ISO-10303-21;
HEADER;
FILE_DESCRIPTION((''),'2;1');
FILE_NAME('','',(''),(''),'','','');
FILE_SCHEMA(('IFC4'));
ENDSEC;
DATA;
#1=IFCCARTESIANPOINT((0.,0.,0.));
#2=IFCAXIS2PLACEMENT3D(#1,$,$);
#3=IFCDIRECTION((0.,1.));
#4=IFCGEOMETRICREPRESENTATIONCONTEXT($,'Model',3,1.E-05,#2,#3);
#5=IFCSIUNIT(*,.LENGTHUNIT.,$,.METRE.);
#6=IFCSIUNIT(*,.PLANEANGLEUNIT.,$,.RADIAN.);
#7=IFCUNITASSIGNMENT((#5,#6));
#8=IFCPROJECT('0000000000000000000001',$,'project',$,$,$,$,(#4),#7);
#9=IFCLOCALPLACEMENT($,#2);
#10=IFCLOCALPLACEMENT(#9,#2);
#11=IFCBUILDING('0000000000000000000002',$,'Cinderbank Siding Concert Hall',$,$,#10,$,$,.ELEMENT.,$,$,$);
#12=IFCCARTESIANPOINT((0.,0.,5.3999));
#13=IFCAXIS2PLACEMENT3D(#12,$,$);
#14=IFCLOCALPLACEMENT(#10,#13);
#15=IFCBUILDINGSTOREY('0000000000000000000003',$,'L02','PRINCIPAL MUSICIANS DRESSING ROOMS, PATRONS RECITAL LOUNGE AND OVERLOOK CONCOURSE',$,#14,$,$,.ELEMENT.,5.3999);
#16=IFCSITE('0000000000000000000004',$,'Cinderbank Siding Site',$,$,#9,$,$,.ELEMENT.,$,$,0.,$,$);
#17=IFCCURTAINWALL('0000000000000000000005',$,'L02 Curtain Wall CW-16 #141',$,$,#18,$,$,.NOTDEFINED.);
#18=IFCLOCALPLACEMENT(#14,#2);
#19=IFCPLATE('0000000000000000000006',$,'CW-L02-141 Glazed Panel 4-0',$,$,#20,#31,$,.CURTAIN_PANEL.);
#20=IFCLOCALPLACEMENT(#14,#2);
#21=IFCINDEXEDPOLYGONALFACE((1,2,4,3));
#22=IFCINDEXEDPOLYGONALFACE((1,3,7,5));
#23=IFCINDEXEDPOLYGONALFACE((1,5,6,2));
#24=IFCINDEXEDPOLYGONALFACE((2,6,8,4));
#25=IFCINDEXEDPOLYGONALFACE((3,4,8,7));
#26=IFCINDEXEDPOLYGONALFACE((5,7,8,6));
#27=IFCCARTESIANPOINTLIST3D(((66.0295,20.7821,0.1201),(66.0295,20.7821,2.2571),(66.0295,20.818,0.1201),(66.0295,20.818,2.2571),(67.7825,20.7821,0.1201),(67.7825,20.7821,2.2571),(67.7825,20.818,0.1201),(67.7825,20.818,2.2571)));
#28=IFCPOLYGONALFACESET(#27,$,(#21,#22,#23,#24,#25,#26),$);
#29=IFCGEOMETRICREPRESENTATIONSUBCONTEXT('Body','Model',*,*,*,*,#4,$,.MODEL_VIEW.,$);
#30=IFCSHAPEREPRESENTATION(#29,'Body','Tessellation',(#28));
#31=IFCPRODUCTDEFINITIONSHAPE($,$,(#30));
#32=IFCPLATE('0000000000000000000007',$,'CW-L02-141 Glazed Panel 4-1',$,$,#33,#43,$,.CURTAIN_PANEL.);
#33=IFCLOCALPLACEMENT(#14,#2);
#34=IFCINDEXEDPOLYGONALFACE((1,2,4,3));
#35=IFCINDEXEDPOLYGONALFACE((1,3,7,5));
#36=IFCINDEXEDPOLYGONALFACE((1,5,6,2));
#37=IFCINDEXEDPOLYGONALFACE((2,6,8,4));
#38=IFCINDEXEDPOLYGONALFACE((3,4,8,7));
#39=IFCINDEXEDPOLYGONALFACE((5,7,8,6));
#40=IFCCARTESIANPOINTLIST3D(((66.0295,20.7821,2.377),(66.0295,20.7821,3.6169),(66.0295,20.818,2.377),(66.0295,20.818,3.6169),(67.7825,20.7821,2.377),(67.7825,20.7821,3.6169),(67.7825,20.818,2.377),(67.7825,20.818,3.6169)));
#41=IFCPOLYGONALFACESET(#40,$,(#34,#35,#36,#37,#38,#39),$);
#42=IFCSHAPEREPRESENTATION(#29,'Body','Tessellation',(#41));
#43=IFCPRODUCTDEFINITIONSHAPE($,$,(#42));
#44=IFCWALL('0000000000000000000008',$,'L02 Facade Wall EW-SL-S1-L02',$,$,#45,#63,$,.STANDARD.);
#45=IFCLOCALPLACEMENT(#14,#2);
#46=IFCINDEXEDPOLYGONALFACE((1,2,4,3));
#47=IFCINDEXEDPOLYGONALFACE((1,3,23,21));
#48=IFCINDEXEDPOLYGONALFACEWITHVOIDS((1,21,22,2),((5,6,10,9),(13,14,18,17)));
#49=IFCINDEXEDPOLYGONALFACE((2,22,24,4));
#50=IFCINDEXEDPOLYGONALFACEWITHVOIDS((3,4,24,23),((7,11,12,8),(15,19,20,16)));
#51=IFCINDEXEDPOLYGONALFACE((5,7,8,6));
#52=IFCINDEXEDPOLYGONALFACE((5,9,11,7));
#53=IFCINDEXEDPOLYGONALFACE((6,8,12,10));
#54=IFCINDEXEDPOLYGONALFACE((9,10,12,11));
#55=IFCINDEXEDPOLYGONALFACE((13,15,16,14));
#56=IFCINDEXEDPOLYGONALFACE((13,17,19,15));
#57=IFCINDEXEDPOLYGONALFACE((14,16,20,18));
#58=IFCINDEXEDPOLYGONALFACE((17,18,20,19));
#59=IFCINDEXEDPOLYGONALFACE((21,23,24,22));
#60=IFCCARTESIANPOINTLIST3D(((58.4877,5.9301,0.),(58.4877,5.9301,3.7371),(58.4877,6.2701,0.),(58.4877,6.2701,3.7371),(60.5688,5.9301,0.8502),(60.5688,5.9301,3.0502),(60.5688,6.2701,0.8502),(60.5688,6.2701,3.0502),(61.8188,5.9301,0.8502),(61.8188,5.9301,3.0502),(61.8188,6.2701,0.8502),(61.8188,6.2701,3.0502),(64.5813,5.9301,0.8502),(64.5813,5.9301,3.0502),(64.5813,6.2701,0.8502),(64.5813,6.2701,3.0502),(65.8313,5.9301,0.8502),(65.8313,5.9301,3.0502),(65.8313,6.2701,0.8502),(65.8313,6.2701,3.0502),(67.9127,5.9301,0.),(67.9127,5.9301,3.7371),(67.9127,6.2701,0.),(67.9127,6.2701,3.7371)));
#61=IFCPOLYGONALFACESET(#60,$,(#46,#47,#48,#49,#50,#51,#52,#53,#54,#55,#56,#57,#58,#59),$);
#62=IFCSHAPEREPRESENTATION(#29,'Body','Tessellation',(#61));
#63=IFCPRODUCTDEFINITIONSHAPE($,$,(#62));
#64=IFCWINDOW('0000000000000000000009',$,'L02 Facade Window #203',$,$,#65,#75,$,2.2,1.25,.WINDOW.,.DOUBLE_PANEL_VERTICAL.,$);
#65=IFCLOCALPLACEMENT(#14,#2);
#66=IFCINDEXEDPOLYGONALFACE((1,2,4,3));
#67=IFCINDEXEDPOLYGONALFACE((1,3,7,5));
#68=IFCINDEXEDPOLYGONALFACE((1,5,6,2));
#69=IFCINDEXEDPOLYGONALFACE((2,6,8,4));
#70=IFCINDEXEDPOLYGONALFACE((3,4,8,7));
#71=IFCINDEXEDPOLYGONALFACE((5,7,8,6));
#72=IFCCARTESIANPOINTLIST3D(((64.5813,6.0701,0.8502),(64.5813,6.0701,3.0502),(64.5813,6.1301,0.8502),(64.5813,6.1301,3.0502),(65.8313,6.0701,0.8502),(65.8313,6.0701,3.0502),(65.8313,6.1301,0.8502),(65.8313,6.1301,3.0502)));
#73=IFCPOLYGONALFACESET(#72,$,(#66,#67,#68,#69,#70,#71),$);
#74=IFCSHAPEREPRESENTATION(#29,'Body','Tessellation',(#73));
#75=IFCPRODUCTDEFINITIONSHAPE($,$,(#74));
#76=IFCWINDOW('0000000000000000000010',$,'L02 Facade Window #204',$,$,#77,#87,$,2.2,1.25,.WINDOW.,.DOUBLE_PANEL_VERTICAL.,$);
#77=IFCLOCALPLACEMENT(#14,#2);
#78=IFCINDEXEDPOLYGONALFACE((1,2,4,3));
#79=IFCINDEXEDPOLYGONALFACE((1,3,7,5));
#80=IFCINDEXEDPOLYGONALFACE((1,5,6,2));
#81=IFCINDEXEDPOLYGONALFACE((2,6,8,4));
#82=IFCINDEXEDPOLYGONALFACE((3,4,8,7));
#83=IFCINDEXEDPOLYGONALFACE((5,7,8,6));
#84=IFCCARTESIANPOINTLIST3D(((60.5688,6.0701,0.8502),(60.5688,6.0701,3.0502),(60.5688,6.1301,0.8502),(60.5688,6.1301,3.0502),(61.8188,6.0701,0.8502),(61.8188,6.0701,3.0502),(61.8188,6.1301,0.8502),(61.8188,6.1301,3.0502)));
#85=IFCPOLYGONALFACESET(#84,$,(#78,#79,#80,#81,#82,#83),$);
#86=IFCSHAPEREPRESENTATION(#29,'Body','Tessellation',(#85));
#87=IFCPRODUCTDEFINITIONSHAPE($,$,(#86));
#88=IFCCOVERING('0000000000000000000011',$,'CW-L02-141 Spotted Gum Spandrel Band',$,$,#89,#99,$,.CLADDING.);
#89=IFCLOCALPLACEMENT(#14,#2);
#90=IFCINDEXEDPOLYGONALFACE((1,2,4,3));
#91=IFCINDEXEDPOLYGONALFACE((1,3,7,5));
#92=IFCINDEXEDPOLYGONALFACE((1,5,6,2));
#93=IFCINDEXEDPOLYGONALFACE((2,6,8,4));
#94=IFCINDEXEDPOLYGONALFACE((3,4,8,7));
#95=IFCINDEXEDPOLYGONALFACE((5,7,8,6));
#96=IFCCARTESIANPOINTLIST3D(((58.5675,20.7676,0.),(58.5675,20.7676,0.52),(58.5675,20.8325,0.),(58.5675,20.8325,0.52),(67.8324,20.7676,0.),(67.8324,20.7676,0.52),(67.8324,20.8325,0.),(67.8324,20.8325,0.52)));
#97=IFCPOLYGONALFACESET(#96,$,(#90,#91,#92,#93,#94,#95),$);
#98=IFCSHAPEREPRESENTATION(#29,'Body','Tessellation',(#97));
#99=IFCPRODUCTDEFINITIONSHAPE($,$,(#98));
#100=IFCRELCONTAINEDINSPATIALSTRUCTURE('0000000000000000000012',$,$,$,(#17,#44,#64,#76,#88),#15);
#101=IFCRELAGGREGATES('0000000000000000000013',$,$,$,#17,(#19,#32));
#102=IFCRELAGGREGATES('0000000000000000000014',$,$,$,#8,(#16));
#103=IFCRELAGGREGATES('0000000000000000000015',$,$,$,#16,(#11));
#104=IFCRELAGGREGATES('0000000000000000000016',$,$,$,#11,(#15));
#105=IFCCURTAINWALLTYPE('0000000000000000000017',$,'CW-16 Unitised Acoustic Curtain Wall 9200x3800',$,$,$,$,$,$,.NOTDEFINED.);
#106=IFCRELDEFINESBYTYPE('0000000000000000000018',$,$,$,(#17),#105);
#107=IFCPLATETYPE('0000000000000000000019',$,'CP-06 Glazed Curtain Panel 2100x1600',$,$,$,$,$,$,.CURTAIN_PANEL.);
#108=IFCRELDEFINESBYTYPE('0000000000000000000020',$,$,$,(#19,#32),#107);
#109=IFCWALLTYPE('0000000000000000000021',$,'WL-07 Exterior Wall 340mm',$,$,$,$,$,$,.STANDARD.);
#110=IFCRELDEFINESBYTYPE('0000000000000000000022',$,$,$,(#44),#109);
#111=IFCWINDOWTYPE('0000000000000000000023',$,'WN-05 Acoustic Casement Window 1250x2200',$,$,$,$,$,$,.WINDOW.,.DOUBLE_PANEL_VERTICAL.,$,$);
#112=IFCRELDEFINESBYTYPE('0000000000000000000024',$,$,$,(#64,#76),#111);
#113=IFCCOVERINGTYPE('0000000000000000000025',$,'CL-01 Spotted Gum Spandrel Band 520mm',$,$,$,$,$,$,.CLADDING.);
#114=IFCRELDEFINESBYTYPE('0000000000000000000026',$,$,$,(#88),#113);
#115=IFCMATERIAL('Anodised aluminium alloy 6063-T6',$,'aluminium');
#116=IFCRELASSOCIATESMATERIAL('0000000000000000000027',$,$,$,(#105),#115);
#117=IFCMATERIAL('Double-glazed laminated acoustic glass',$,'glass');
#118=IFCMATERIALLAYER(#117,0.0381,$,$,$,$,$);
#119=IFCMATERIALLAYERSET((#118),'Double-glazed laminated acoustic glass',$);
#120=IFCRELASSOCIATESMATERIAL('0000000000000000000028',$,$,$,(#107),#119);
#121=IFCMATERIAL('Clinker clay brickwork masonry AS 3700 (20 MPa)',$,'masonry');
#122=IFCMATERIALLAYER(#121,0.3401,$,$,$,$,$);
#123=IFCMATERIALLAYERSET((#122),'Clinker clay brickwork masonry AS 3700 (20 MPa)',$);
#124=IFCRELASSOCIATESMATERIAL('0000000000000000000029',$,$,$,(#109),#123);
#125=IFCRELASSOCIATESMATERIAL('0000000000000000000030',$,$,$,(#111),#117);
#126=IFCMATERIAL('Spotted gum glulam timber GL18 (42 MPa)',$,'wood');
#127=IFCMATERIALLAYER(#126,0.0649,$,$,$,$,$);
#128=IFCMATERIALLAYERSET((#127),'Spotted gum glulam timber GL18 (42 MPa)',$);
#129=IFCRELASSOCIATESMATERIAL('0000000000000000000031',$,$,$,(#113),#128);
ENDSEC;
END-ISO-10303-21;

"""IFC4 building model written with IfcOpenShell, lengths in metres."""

from ifc_helpers import new_model, si_unit, direction, frame, frame_2d, origin, origin_2d, place, context, subcontext, project, spatial, rectangle, extrude, material, layer, layer_set, type_object, element, fill, aggregate, save


model = new_model("IFC4")

# Units and contexts
model_context = context("Model", 3, precision=1e-05, world=origin(), true_north=direction((0.0, 1.0)))
body_context = subcontext(model_context, "Body", "Model", "MODEL_VIEW")
ifc_project = project(units=[si_unit("LENGTHUNIT", "METRE"), si_unit("PLANEANGLEUNIT", "RADIAN")], contexts=[model_context])

# Site, building, storey
site_placement = place(None, origin())
site = spatial("IfcSite", under=ifc_project, at=site_placement, Name="Cinderbank Siding Site", CompositionType="ELEMENT", RefElevation=0.0)
building_placement = place(site_placement, origin())
building = spatial("IfcBuilding", under=site, at=building_placement, Name="Cinderbank Siding Concert Hall", CompositionType="ELEMENT")
storey_placement = place(building_placement, frame((0.0, 0.0, 5.3999)))
storey = spatial("IfcBuildingStorey", under=building, at=storey_placement, Name="L02", Description="PRINCIPAL MUSICIANS DRESSING ROOMS, PATRONS RECITAL LOUNGE AND OVERLOOK CONCOURSE", CompositionType="ELEMENT", Elevation=5.3999)

# Curtain wall, plates
ifc_material_1 = material(Name="Anodised aluminium alloy 6063-T6", Category="aluminium")
curtain_wall_type = type_object("IfcCurtainWallType", Name="CW-16 Unitised Acoustic Curtain Wall 9200x3800", PredefinedType="NOTDEFINED", material=ifc_material_1)
curtain_wall_placement = place(storey_placement, origin())
curtain_wall = element("IfcCurtainWall", 1, at=curtain_wall_placement, inside=storey, type_object=curtain_wall_type, Name="L02 Curtain Wall CW-16 #141", PredefinedType="NOTDEFINED")
ifc_material_2 = material(Name="Double-glazed laminated acoustic glass", Category="glass")
ifc_layer_1 = layer(ifc_material_2, 0.0381)
ifc_layer_set_1 = layer_set([ifc_layer_1], Name="Double-glazed laminated acoustic glass")
plate_type = type_object("IfcPlateType", Name="CP-06 Glazed Curtain Panel 2100x1600", PredefinedType="CURTAIN_PANEL", material=ifc_layer_set_1)
plate_1_placement = place(storey_placement, frame((66.906, 20.8, 0.1201), z_axis=(0.0, 0.0, 1.0), x_axis=(1.0, 0.0, 0.0)))
plate_1 = element("IfcPlate", 2, at=plate_1_placement, type_object=plate_type, Name="CW-L02-141 Glazed Panel 4-0", PredefinedType="CURTAIN_PANEL", context=body_context, shape_type="SweptSolid", body=[
    extrude(rectangle(XDim=1.7529, YDim=0.0359, at=origin_2d()), origin(), (0.0, 0.0, 1.0), 2.137),
])
plate_2_placement = place(storey_placement, frame((66.906, 20.8, 2.377), z_axis=(0.0, 0.0, 1.0), x_axis=(1.0, 0.0, 0.0)))
plate_2 = element("IfcPlate", 3, at=plate_2_placement, type_object=plate_type, Name="CW-L02-141 Glazed Panel 4-1", PredefinedType="CURTAIN_PANEL", context=body_context, shape_type="SweptSolid", body=[
    extrude(rectangle(XDim=1.7529, YDim=0.0359, at=origin_2d()), origin(), (0.0, 0.0, 1.0), 1.24),
])
aggregate(curtain_wall, [plate_1, plate_2])

# Wall, openings, windows
ifc_material_3 = material(Name="Clinker clay brickwork masonry AS 3700 (20 MPa)", Category="masonry")
ifc_layer_2 = layer(ifc_material_3, 0.3401)
ifc_layer_set_2 = layer_set([ifc_layer_2], Name="Clinker clay brickwork masonry AS 3700 (20 MPa)")
wall_type = type_object("IfcWallType", Name="WL-07 Exterior Wall 340mm", PredefinedType="STANDARD", material=ifc_layer_set_2)
wall_placement = place(storey_placement, frame((67.9126, 6.1001, 0.0), z_axis=(0.0, 0.0, 1.0), x_axis=(-1.0, 0.0, 0.0)))
wall = element("IfcWall", 4, at=wall_placement, inside=storey, type_object=wall_type, Name="L02 Facade Wall EW-SL-S1-L02", PredefinedType="STANDARD", context=body_context, shape_type="SweptSolid", body=[
    extrude(rectangle(XDim=9.425, YDim=0.3401, at=frame_2d((4.7124, 0.0))), origin(), (0.0, 0.0, 1.0), 3.7371),
])
opening_1_placement = place(wall_placement, frame((2.0813, 0.0, 0.8501)))
opening_1 = element("IfcOpeningElement", 5, at=opening_1_placement, cuts=wall, PredefinedType="OPENING", context=body_context, shape_type="SweptSolid", body=[
    extrude(rectangle(XDim=1.25, YDim=2.2, at=frame_2d((0.625, 1.1001))), frame((0.0, 0.1821, 0.0), z_axis=(0.0, -1.0, 0.0), x_axis=(1.0, 0.0, 0.0)), (0.0, 0.0, 1.0), 0.364),
])
opening_2_placement = place(wall_placement, frame((6.0938, 0.0, 0.8501)))
opening_2 = element("IfcOpeningElement", 6, at=opening_2_placement, cuts=wall, PredefinedType="OPENING", context=body_context, shape_type="SweptSolid", body=[
    extrude(rectangle(XDim=1.25, YDim=2.2, at=frame_2d((0.625, 1.1001))), frame((0.0, 0.1821, 0.0), z_axis=(0.0, -1.0, 0.0), x_axis=(1.0, 0.0, 0.0)), (0.0, 0.0, 1.0), 0.364),
])
window_type = type_object("IfcWindowType", Name="WN-05 Acoustic Casement Window 1250x2200", PartitioningType="DOUBLE_PANEL_VERTICAL", PredefinedType="WINDOW", material=ifc_material_2)
window_1_placement = place(opening_1_placement, origin())
window_1 = element("IfcWindow", 7, at=window_1_placement, inside=storey, type_object=window_type, Name="L02 Facade Window #203", OverallHeight=2.2, OverallWidth=1.25, PartitioningType="DOUBLE_PANEL_VERTICAL", PredefinedType="WINDOW", context=body_context, shape_type="SweptSolid", body=[
    extrude(rectangle(XDim=1.25, YDim=2.2, at=frame_2d((0.625, 1.1001))), frame((0.0, 0.03, 0.0), z_axis=(0.0, -1.0, 0.0), x_axis=(1.0, 0.0, 0.0)), (0.0, 0.0, 1.0), 0.0601),
])
fill(opening_1, window_1)
window_2_placement = place(opening_2_placement, origin())
window_2 = element("IfcWindow", 8, at=window_2_placement, inside=storey, type_object=window_type, Name="L02 Facade Window #204", OverallHeight=2.2, OverallWidth=1.25, PartitioningType="DOUBLE_PANEL_VERTICAL", PredefinedType="WINDOW", context=body_context, shape_type="SweptSolid", body=[
    extrude(rectangle(XDim=1.25, YDim=2.2, at=frame_2d((0.625, 1.1001))), frame((0.0, 0.03, 0.0), z_axis=(0.0, -1.0, 0.0), x_axis=(1.0, 0.0, 0.0)), (0.0, 0.0, 1.0), 0.0601),
])
fill(opening_2, window_2)

# Covering
ifc_material_4 = material(Name="Spotted gum glulam timber GL18 (42 MPa)", Category="wood")
ifc_layer_3 = layer(ifc_material_4, 0.0649)
ifc_layer_set_3 = layer_set([ifc_layer_3], Name="Spotted gum glulam timber GL18 (42 MPa)")
covering_type = type_object("IfcCoveringType", Name="CL-01 Spotted Gum Spandrel Band 520mm", PredefinedType="CLADDING", material=ifc_layer_set_3)
covering_placement = place(storey_placement, frame((63.2, 20.8, 0.0), z_axis=(0.0, 0.0, 1.0), x_axis=(1.0, 0.0, 0.0)))
element("IfcCovering", 9, at=covering_placement, inside=storey, type_object=covering_type, Name="CW-L02-141 Spotted Gum Spandrel Band", PredefinedType="CLADDING", context=body_context, shape_type="SweptSolid", body=[
    extrude(rectangle(XDim=9.2649, YDim=0.0649, at=origin_2d()), origin(), (0.0, 0.0, 1.0), 0.52),
])

save(model, "model.ifc")
